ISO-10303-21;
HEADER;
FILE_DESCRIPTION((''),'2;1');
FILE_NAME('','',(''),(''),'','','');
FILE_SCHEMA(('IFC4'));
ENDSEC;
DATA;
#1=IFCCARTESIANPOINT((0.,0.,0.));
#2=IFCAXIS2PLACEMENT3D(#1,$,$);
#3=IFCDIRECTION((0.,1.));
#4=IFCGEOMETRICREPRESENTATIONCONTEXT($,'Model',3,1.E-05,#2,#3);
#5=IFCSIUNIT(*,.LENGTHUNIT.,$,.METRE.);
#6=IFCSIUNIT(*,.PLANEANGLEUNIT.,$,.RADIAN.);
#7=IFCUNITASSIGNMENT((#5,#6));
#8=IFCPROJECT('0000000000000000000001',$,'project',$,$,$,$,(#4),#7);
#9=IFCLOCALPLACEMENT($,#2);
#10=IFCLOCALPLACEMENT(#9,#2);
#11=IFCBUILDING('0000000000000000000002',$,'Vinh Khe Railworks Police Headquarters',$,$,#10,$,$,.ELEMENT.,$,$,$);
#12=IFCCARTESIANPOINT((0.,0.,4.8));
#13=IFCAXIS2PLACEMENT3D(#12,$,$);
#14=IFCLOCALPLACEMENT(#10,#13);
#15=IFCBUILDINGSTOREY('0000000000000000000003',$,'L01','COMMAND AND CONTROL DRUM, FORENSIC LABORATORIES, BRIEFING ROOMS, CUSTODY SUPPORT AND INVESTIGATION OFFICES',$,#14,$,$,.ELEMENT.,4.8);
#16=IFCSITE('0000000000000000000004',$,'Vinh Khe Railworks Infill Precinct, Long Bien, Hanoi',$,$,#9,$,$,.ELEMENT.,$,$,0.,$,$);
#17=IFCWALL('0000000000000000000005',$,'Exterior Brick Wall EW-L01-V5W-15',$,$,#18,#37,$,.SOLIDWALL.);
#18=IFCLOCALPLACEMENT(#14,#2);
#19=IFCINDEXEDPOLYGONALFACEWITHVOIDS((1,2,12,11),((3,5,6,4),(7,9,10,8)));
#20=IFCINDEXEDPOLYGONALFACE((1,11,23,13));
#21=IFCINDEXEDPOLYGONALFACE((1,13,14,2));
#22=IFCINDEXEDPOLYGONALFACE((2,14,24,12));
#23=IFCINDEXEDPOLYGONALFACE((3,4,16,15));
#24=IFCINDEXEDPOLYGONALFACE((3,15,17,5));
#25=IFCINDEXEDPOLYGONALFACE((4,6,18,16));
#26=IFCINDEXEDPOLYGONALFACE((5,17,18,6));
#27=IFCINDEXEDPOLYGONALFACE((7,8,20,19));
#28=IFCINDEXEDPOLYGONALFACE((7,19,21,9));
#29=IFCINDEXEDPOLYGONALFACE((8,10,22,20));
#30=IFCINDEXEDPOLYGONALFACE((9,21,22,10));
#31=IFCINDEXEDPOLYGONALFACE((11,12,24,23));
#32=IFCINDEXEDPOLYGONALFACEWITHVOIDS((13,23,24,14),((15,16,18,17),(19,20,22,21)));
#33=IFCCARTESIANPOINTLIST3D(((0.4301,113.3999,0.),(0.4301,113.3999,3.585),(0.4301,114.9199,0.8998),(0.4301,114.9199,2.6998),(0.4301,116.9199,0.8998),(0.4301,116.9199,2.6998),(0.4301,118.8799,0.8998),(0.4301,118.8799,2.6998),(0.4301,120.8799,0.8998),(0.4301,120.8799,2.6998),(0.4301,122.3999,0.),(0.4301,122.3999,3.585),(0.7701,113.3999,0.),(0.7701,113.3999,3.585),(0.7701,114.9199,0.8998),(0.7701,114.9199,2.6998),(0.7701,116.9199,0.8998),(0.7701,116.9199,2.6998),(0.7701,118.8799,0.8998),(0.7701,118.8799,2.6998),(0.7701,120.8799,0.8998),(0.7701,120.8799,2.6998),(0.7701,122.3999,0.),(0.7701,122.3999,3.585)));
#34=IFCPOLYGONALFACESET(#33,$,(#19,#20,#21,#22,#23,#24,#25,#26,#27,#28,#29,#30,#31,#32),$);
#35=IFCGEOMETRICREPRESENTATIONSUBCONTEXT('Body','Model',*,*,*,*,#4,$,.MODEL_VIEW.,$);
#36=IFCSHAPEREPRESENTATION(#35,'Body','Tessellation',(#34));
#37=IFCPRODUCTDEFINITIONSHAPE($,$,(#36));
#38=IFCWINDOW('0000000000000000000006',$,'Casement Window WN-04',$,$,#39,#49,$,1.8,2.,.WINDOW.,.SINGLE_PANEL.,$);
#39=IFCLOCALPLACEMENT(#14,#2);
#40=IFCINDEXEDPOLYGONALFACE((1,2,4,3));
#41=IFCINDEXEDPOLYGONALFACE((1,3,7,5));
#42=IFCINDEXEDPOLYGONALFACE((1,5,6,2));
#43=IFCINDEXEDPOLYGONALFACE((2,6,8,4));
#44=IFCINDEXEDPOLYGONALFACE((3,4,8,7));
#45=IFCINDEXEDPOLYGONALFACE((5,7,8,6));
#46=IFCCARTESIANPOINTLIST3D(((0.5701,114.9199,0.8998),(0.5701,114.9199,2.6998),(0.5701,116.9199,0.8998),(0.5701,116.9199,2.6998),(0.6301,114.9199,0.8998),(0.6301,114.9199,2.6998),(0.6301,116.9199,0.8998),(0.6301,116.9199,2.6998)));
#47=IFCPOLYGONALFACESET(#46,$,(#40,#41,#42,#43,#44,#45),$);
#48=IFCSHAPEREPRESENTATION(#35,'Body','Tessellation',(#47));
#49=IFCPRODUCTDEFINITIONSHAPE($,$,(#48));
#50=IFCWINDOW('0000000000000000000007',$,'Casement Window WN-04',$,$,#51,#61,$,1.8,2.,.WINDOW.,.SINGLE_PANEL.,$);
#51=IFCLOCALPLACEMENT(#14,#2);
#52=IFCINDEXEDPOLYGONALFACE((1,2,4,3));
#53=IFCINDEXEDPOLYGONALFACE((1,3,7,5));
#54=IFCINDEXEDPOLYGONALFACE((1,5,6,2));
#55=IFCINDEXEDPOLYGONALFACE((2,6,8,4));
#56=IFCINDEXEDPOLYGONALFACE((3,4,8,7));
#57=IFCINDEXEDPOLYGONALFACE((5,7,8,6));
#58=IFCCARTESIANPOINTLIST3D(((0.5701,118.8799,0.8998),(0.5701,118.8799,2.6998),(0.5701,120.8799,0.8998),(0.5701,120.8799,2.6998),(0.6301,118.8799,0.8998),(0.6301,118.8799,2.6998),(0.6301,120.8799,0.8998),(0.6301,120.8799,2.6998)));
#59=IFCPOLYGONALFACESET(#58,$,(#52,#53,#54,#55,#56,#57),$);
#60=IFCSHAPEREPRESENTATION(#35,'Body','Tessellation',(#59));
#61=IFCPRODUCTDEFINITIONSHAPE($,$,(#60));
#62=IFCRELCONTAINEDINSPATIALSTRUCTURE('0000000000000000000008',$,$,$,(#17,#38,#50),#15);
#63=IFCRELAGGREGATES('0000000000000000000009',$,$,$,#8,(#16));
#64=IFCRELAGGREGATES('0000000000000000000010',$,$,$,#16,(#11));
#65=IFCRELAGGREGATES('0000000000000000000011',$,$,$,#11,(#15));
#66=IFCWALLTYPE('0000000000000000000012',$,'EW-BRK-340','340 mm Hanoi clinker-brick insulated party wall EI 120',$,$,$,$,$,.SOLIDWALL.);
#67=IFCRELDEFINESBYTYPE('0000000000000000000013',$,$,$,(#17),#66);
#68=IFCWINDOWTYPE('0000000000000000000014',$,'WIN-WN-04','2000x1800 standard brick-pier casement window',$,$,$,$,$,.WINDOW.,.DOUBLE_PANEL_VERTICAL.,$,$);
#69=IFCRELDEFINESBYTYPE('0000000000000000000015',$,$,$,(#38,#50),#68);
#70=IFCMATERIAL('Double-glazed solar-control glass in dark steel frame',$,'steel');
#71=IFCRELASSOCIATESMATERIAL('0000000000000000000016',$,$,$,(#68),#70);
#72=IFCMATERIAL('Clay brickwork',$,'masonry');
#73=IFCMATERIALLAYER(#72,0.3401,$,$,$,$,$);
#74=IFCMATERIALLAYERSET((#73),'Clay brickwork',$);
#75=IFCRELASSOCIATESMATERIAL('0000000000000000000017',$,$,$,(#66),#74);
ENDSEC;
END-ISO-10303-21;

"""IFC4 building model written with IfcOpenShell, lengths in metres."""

from ifc_helpers import new_model, si_unit, direction, frame, frame_2d, origin, place, context, subcontext, project, spatial, rectangle, extrude, material, layer, layer_set, type_object, element, fill, save


model = new_model("IFC4")

# Units and contexts
model_context = context("Model", 3, precision=1e-05, world=origin(), true_north=direction((0.0, 1.0)))
body_context = subcontext(model_context, "Body", "Model", "MODEL_VIEW")
ifc_project = project(units=[si_unit("LENGTHUNIT", "METRE"), si_unit("PLANEANGLEUNIT", "RADIAN")], contexts=[model_context])

# Site, building, storey
site_placement = place(None, origin())
site = spatial("IfcSite", under=ifc_project, at=site_placement, Name="Vinh Khe Railworks Infill Precinct, Long Bien, Hanoi", CompositionType="ELEMENT", RefElevation=0.0)
building_placement = place(site_placement, origin())
building = spatial("IfcBuilding", under=site, at=building_placement, Name="Vinh Khe Railworks Police Headquarters", CompositionType="ELEMENT")
storey_placement = place(building_placement, frame((0.0, 0.0, 4.8)))
storey = spatial("IfcBuildingStorey", under=building, at=storey_placement, Name="L01", Description="COMMAND AND CONTROL DRUM, FORENSIC LABORATORIES, BRIEFING ROOMS, CUSTODY SUPPORT AND INVESTIGATION OFFICES", CompositionType="ELEMENT", Elevation=4.8)

# Wall, openings, windows
ifc_material_1 = material(Name="Clay brickwork", Category="masonry")
ifc_material_2 = material(Name="Double-glazed solar-control glass in dark steel frame", Category="steel")
window_type = type_object("IfcWindowType", Name="WIN-WN-04", Description="2000x1800 standard brick-pier casement window", PartitioningType="DOUBLE_PANEL_VERTICAL", PredefinedType="WINDOW", material=ifc_material_2)
ifc_layer_1 = layer(ifc_material_1, 0.3401)
ifc_layer_set_1 = layer_set([ifc_layer_1], Name="Clay brickwork")
wall_type_1 = type_object("IfcWallType", Name="EW-BRK-340", Description="340 mm Hanoi clinker-brick insulated party wall EI 120", PredefinedType="SOLIDWALL", material=ifc_layer_set_1)
wall_1_placement = place(storey_placement, frame((0.6001, 113.3999, 0.0), z_axis=(0.0, 0.0, 1.0), x_axis=(0.0, 1.0, 0.0)))
wall_1 = element("IfcWall", 1, at=wall_1_placement, inside=storey, type_object=wall_type_1, Name="Exterior Brick Wall EW-L01-V5W-15", PredefinedType="SOLIDWALL", context=body_context, shape_type="SweptSolid", body=[
    extrude(rectangle(XDim=9.0, YDim=0.3401, at=frame_2d((4.5, 0.0))), origin(), (0.0, 0.0, 1.0), 3.585),
])
opening_1_placement = place(wall_1_placement, frame((1.52, 0.0, 0.8999)))
opening_1 = element("IfcOpeningElement", 2, at=opening_1_placement, cuts=wall_1, PredefinedType="OPENING", context=body_context, shape_type="SweptSolid", body=[
    extrude(rectangle(XDim=2.0, YDim=1.8, at=frame_2d((1.0, 0.8999))), frame((0.0, 0.1851, 0.0), z_axis=(0.0, -1.0, 0.0), x_axis=(1.0, 0.0, 0.0)), (0.0, 0.0, 1.0), 0.3699),
])
opening_2_placement = place(wall_1_placement, frame((5.48, 0.0, 0.8999)))
opening_2 = element("IfcOpeningElement", 3, at=opening_2_placement, cuts=wall_1, PredefinedType="OPENING", context=body_context, shape_type="SweptSolid", body=[
    extrude(rectangle(XDim=2.0, YDim=1.8, at=frame_2d((1.0, 0.8999))), frame((0.0, 0.1851, 0.0), z_axis=(0.0, -1.0, 0.0), x_axis=(1.0, 0.0, 0.0)), (0.0, 0.0, 1.0), 0.3699),
])
window_1_placement = place(opening_1_placement, origin())
window_1 = element("IfcWindow", 4, at=window_1_placement, inside=storey, type_object=window_type, Name="Casement Window WN-04", OverallHeight=1.8, OverallWidth=2.0, PartitioningType="SINGLE_PANEL", PredefinedType="WINDOW", context=body_context, shape_type="SweptSolid", body=[
    extrude(rectangle(XDim=2.0, YDim=1.8, at=frame_2d((1.0, 0.8999))), frame((0.0, 0.03, 0.0), z_axis=(0.0, -1.0, 0.0), x_axis=(1.0, 0.0, 0.0)), (0.0, 0.0, 1.0), 0.0601),
])
fill(opening_1, window_1)
window_2_placement = place(opening_2_placement, origin())
window_2 = element("IfcWindow", 5, at=window_2_placement, inside=storey, type_object=window_type, Name="Casement Window WN-04", OverallHeight=1.8, OverallWidth=2.0, PartitioningType="SINGLE_PANEL", PredefinedType="WINDOW", context=body_context, shape_type="SweptSolid", body=[
    extrude(rectangle(XDim=2.0, YDim=1.8, at=frame_2d((1.0, 0.8999))), frame((0.0, 0.03, 0.0), z_axis=(0.0, -1.0, 0.0), x_axis=(1.0, 0.0, 0.0)), (0.0, 0.0, 1.0), 0.0601),
])
fill(opening_2, window_2)

save(model, "model.ifc")
